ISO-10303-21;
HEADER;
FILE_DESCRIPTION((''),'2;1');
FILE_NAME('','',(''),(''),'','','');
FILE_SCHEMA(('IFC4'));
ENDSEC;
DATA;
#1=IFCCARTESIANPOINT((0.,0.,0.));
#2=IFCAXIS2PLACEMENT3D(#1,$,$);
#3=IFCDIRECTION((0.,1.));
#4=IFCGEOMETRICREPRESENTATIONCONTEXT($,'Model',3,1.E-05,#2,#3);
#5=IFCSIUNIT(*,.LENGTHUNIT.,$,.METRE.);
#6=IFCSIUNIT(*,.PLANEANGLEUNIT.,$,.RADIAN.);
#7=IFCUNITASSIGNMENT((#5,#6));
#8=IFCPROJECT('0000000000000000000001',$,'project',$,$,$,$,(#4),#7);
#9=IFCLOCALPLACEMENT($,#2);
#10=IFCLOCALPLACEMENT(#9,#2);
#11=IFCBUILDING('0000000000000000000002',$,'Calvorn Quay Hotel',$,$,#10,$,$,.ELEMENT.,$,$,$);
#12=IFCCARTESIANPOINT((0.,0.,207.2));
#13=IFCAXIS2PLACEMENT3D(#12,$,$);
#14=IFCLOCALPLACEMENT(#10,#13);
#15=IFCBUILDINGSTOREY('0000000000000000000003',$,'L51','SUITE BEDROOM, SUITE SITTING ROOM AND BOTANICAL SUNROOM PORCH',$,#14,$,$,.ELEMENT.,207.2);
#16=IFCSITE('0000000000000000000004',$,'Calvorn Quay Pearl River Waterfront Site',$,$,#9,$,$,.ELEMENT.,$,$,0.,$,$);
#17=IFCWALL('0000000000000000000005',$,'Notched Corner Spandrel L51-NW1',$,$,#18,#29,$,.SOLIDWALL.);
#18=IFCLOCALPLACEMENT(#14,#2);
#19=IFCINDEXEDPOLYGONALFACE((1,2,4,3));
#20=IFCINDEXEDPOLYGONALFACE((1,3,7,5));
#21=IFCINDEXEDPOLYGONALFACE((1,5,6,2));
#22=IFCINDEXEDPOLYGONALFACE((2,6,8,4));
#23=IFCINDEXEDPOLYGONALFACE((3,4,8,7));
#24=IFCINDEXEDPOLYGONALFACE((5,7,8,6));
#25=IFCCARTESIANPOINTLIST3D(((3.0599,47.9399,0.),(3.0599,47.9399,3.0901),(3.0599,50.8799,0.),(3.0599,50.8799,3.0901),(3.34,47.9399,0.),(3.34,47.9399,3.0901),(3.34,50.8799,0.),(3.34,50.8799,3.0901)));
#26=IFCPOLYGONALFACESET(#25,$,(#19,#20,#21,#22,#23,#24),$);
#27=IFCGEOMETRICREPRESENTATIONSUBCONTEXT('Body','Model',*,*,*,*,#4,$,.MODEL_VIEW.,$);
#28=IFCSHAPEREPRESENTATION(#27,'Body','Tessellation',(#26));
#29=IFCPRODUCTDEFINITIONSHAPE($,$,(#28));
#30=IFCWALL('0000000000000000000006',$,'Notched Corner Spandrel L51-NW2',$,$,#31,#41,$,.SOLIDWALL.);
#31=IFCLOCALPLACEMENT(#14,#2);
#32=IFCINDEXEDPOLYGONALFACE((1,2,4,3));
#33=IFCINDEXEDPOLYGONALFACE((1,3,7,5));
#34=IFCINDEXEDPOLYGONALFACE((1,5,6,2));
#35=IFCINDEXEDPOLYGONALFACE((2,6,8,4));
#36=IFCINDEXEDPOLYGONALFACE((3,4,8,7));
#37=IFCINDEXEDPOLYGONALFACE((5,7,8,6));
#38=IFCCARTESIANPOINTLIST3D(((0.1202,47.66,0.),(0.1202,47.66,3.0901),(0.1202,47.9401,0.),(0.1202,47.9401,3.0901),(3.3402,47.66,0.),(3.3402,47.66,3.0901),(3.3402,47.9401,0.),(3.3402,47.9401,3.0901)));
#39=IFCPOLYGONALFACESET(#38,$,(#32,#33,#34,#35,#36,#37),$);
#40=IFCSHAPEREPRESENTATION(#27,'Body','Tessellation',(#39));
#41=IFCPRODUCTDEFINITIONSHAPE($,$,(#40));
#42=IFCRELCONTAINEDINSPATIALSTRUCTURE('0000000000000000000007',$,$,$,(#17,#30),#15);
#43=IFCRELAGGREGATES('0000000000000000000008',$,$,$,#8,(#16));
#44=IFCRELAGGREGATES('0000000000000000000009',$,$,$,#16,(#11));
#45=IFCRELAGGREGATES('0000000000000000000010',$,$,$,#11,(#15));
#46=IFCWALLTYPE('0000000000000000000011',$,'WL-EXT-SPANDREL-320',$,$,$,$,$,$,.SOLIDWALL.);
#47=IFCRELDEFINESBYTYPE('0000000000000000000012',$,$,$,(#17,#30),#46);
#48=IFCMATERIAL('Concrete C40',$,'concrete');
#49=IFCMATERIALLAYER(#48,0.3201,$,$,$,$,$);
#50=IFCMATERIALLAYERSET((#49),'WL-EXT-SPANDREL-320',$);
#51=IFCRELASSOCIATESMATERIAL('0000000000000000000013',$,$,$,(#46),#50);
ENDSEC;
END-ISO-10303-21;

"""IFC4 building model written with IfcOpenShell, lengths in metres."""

from ifc_helpers import new_model, si_unit, direction, frame, frame_2d, origin, place, context, subcontext, project, spatial, rectangle, extrude, material, layer, layer_set, type_object, element, save


model = new_model("IFC4")

# Units and contexts
model_context = context("Model", 3, precision=1e-05, world=origin(), true_north=direction((0.0, 1.0)))
body_context = subcontext(model_context, "Body", "Model", "MODEL_VIEW")
ifc_project = project(units=[si_unit("LENGTHUNIT", "METRE"), si_unit("PLANEANGLEUNIT", "RADIAN")], contexts=[model_context])

# Site, building, storey
site_placement = place(None, origin())
site = spatial("IfcSite", under=ifc_project, at=site_placement, Name="Calvorn Quay Pearl River Waterfront Site", CompositionType="ELEMENT", RefElevation=0.0)
building_placement = place(site_placement, origin())
building = spatial("IfcBuilding", under=site, at=building_placement, Name="Calvorn Quay Hotel", CompositionType="ELEMENT")
storey_placement = place(building_placement, frame((0.0, 0.0, 207.2)))
storey = spatial("IfcBuildingStorey", under=building, at=storey_placement, Name="L51", Description="SUITE BEDROOM, SUITE SITTING ROOM AND BOTANICAL SUNROOM PORCH", CompositionType="ELEMENT", Elevation=207.2)

# Walls
ifc_material_1 = material(Name="Concrete C40", Category="concrete")
ifc_layer_1 = layer(ifc_material_1, 0.3201)
ifc_layer_set_1 = layer_set([ifc_layer_1], Name="WL-EXT-SPANDREL-320")
wall_type_1 = type_object("IfcWallType", Name="WL-EXT-SPANDREL-320", PredefinedType="SOLIDWALL", material=ifc_layer_set_1)
wall_1_placement = place(storey_placement, frame((3.2, 50.8799, 0.0), z_axis=(0.0, 0.0, 1.0), x_axis=(0.0, -1.0, 0.0)))
element("IfcWall", 1, at=wall_1_placement, inside=storey, type_object=wall_type_1, Name="Notched Corner Spandrel L51-NW1", PredefinedType="SOLIDWALL", context=body_context, shape_type="SweptSolid", body=[
    extrude(rectangle(XDim=2.9399, YDim=0.28, at=frame_2d((1.47, 0.0))), origin(), (0.0, 0.0, 1.0), 3.0901),
])
wall_2_placement = place(storey_placement, frame((3.3401, 47.8, 0.0), z_axis=(0.0, 0.0, 1.0), x_axis=(-1.0, 0.0, 0.0)))
element("IfcWall", 2, at=wall_2_placement, inside=storey, type_object=wall_type_1, Name="Notched Corner Spandrel L51-NW2", PredefinedType="SOLIDWALL", context=body_context, shape_type="SweptSolid", body=[
    extrude(rectangle(XDim=3.22, YDim=0.28, at=frame_2d((1.6099, 0.0))), origin(), (0.0, 0.0, 1.0), 3.0901),
])

save(model, "model.ifc")
